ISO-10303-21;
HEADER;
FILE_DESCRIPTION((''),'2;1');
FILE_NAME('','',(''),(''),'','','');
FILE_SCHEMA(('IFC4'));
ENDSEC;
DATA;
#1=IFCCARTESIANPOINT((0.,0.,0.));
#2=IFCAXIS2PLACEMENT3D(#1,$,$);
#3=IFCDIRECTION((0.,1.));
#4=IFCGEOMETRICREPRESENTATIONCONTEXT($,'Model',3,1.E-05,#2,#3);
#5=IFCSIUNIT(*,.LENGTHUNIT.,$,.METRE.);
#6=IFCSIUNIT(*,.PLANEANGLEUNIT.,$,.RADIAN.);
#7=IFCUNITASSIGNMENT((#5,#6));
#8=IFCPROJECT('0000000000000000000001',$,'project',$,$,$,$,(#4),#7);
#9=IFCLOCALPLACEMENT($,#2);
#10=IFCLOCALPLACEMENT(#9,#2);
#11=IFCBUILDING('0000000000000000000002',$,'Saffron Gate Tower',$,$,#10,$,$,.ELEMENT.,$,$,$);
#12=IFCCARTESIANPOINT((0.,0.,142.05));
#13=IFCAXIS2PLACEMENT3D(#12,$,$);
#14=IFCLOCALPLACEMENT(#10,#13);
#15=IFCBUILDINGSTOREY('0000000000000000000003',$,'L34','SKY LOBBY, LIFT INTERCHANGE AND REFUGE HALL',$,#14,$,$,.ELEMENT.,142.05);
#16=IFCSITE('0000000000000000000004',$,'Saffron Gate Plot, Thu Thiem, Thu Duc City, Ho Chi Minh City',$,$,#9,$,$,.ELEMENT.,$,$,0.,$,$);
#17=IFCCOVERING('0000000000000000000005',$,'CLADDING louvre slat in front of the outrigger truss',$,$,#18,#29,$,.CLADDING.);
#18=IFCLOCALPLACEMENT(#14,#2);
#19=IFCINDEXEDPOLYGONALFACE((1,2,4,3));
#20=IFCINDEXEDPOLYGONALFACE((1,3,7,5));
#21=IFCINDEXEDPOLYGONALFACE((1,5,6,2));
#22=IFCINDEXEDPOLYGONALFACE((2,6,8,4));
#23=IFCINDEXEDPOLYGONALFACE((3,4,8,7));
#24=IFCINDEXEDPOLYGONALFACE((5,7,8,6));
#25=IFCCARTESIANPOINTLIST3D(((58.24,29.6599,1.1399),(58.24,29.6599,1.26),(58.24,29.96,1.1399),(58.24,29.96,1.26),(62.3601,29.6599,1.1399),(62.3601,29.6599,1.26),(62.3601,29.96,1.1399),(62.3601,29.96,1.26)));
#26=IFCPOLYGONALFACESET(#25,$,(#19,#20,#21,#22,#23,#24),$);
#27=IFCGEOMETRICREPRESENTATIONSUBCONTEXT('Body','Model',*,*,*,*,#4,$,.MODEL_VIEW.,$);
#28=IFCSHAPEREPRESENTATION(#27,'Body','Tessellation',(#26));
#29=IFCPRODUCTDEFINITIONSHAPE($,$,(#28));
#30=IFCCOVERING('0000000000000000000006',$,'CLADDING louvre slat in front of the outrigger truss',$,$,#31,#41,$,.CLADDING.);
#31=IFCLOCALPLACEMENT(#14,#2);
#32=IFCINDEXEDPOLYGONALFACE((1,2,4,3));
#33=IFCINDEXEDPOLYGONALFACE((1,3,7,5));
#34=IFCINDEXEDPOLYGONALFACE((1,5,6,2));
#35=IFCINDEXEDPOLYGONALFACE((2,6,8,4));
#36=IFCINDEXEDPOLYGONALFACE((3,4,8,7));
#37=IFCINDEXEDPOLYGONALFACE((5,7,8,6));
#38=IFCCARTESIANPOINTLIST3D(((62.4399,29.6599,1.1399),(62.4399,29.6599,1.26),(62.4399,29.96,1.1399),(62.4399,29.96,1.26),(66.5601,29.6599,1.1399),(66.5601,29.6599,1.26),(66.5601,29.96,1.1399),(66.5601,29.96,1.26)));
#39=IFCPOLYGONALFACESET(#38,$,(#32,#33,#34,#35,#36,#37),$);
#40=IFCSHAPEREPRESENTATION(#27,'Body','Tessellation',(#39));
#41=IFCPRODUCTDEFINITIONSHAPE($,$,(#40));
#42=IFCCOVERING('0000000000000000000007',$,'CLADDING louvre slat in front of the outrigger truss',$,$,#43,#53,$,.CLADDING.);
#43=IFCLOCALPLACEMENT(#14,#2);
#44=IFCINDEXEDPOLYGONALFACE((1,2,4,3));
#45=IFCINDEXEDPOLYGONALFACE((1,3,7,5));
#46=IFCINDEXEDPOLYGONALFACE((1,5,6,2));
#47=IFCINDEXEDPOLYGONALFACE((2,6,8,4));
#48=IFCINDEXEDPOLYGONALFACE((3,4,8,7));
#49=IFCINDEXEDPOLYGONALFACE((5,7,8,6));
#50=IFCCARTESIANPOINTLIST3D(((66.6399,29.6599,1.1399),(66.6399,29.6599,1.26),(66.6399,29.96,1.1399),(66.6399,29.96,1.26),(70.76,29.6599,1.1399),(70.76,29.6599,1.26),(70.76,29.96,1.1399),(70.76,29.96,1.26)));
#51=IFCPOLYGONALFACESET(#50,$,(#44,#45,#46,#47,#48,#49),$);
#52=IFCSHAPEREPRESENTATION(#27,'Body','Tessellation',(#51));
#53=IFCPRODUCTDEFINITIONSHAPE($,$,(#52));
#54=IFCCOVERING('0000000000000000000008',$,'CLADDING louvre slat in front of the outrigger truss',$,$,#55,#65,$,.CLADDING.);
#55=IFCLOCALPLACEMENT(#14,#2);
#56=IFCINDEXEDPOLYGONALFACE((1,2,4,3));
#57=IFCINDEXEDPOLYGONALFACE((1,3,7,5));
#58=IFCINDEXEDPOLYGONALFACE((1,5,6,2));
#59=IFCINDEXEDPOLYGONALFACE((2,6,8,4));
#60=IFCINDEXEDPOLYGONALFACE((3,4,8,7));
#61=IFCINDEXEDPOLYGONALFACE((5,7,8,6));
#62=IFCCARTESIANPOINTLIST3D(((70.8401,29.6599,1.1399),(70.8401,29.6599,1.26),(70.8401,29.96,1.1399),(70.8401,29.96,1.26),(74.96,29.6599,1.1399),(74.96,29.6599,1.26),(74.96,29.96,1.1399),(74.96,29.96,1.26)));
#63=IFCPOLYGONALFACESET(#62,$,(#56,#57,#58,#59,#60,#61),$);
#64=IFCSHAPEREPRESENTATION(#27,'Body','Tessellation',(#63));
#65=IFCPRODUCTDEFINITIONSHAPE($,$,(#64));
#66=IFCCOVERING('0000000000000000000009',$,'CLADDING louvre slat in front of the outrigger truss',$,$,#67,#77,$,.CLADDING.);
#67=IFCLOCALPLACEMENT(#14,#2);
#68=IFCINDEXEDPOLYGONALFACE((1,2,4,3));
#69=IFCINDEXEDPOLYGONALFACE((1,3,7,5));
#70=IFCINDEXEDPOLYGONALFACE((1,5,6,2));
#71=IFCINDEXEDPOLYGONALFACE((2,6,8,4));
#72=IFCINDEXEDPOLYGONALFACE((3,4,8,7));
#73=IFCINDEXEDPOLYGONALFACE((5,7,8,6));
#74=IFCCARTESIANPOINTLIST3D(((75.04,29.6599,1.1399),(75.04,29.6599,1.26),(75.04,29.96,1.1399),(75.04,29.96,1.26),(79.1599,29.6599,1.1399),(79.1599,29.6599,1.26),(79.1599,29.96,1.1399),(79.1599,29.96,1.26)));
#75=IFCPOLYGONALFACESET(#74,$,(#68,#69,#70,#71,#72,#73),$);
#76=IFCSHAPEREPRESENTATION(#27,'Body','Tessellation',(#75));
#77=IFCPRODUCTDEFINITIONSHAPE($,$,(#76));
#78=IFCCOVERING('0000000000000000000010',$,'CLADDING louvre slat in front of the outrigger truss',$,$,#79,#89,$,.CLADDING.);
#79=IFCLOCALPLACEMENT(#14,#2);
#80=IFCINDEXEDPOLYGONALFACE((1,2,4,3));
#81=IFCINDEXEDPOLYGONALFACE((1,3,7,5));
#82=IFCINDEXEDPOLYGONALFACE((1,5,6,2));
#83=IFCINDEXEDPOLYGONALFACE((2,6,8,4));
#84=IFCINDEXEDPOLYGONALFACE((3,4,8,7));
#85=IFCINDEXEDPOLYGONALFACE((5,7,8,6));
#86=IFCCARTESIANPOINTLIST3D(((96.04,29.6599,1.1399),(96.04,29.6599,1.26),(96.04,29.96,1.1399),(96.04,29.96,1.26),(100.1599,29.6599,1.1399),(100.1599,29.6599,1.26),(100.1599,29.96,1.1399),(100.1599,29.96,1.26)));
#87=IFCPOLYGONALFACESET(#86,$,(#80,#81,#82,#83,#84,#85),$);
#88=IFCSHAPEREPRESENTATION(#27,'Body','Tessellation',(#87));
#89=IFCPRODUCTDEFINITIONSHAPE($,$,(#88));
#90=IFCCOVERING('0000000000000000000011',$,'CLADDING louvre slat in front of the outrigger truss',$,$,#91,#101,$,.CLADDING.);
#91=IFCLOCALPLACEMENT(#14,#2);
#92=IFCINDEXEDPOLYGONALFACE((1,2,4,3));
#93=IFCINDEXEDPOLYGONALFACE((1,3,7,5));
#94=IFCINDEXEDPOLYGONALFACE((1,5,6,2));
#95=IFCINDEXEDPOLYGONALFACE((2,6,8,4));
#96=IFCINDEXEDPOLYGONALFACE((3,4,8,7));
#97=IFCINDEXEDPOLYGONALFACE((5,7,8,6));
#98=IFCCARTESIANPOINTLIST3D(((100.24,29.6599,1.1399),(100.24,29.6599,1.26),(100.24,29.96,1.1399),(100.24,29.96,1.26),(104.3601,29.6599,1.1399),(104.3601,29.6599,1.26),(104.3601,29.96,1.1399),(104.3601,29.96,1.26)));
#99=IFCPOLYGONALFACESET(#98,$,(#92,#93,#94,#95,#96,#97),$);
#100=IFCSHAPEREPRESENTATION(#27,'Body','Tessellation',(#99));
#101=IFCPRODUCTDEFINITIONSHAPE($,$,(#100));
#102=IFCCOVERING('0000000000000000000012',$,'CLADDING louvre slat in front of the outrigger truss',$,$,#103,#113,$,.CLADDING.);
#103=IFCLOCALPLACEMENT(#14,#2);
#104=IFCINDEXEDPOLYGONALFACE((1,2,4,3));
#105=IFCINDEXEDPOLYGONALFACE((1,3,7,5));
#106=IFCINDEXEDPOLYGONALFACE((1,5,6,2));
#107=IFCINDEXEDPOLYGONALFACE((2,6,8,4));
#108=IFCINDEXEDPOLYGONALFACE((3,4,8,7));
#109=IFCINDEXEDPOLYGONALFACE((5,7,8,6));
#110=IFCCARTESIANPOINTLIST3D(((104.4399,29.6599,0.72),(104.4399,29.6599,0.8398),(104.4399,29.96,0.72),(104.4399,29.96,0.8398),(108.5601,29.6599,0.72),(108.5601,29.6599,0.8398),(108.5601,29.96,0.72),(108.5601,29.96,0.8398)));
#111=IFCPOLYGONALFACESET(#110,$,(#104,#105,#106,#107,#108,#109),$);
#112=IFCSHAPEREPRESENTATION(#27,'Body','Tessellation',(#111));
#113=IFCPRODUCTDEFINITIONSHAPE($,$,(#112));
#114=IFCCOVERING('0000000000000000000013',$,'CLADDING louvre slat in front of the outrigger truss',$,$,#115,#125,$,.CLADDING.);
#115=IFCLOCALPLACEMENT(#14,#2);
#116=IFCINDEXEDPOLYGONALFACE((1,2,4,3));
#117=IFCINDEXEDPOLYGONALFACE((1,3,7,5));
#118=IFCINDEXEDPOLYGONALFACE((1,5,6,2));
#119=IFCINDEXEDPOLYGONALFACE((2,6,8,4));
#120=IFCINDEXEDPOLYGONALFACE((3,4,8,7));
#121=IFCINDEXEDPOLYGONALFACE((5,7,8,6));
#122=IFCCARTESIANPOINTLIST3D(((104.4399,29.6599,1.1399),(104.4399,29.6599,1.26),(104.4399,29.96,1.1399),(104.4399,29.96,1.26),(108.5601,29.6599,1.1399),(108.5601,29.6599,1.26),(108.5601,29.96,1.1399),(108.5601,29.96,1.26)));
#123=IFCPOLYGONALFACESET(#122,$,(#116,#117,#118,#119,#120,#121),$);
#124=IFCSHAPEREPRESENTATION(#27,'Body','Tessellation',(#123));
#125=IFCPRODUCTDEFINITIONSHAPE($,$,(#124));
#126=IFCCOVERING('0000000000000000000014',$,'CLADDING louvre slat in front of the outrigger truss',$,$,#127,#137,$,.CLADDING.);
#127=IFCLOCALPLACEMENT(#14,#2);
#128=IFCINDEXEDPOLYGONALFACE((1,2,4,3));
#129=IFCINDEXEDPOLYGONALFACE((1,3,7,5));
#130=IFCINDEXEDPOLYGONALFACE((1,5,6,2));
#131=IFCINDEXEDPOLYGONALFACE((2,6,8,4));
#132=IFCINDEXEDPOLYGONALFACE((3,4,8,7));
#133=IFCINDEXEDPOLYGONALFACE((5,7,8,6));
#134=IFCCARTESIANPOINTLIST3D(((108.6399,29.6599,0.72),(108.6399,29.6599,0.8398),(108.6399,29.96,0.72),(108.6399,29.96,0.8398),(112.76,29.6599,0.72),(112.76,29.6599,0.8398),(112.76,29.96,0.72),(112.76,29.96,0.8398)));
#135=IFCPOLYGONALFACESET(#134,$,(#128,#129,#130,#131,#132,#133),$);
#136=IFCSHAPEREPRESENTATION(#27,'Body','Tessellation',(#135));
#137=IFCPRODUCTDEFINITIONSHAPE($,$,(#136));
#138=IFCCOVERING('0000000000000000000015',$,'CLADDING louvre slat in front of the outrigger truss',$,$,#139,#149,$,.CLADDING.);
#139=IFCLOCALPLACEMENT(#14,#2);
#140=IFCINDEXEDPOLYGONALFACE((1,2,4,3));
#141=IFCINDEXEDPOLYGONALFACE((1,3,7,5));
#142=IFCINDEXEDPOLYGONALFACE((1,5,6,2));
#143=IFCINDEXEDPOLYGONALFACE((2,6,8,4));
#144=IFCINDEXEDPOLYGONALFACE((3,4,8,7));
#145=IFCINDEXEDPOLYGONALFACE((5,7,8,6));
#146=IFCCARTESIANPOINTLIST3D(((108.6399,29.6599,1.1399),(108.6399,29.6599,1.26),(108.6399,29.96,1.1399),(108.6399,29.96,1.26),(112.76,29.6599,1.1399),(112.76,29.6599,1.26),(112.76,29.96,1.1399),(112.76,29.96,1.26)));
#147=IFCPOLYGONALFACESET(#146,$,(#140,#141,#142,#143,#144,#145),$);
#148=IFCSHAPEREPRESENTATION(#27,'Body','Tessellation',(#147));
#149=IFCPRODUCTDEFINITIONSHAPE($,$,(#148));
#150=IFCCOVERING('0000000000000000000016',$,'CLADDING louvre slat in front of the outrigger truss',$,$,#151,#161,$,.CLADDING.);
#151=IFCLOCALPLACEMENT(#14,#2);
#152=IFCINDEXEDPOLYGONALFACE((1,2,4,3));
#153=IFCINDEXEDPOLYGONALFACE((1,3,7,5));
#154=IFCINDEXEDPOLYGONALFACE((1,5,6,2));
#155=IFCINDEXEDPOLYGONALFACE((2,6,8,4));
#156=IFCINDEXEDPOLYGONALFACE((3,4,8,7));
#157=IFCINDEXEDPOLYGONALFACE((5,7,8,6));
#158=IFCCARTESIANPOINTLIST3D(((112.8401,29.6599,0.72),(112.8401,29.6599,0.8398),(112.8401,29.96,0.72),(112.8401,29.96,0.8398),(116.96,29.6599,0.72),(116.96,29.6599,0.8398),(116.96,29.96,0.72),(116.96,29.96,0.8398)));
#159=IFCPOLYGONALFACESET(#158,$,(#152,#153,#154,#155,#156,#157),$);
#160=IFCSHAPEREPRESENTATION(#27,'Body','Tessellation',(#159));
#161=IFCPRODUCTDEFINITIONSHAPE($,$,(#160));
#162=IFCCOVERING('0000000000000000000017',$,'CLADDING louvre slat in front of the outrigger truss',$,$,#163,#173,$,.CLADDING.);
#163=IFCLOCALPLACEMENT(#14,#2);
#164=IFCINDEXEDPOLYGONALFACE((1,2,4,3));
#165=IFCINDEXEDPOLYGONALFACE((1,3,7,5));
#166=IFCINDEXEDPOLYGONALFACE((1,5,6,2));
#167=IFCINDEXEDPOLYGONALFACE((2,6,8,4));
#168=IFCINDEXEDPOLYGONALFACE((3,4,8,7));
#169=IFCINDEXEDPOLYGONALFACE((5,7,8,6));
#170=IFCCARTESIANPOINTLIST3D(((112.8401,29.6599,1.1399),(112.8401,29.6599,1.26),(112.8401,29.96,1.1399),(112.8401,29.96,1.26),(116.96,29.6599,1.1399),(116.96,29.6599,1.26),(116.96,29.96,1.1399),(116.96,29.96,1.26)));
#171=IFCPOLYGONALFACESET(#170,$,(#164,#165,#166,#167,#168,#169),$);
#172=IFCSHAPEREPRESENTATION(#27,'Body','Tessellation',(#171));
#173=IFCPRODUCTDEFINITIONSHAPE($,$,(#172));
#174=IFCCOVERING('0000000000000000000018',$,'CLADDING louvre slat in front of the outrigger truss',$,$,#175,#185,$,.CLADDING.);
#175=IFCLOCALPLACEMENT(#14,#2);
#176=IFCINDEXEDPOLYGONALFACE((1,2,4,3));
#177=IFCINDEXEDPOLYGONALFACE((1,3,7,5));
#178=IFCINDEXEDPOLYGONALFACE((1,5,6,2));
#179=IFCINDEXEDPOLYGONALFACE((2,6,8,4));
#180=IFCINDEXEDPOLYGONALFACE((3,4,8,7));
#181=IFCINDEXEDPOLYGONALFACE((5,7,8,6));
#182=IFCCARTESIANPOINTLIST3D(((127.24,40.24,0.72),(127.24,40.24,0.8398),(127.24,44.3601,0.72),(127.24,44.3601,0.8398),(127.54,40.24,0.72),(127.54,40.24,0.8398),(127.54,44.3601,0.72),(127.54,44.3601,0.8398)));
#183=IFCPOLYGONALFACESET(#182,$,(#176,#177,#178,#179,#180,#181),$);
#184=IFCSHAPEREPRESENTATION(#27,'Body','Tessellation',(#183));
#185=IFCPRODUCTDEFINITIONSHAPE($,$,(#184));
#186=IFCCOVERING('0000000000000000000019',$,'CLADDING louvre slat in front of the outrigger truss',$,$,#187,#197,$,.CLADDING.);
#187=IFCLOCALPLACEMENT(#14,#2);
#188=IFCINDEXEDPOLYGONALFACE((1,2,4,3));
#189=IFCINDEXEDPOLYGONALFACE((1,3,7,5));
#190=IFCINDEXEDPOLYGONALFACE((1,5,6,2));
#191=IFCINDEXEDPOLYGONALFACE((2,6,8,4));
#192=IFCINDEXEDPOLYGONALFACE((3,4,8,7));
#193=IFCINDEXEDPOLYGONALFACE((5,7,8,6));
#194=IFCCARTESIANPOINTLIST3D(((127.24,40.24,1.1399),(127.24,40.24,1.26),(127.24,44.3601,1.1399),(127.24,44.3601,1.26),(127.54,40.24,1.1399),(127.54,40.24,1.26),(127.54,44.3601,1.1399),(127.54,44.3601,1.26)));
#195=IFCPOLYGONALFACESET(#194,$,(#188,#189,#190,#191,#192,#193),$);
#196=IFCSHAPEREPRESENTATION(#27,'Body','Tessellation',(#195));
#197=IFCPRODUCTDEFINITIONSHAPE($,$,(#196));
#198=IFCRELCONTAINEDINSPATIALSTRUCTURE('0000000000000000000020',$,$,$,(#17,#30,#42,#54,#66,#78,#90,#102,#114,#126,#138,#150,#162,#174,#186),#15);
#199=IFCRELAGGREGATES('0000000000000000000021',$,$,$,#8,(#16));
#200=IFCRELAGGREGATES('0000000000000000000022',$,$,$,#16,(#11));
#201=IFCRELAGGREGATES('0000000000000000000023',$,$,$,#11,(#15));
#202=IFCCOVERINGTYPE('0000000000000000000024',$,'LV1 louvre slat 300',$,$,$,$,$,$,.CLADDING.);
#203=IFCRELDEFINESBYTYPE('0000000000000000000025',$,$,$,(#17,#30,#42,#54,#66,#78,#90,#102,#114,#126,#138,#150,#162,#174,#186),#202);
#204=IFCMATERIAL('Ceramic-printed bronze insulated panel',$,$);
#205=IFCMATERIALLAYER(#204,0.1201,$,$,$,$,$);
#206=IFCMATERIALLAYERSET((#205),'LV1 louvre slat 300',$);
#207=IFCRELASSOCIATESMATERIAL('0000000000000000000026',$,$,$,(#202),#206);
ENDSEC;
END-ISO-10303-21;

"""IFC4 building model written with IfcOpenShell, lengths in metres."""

from ifc_helpers import new_model, si_unit, direction, frame, origin, place, context, subcontext, project, spatial, polyline, outline, extrude, material, layer, layer_set, type_object, element, save


model = new_model("IFC4")

# Units and contexts
model_context = context("Model", 3, precision=1e-05, world=origin(), true_north=direction((0.0, 1.0)))
body_context = subcontext(model_context, "Body", "Model", "MODEL_VIEW")
ifc_project = project(units=[si_unit("LENGTHUNIT", "METRE"), si_unit("PLANEANGLEUNIT", "RADIAN")], contexts=[model_context])

# Site, building, storey
site_placement = place(None, origin())
site = spatial("IfcSite", under=ifc_project, at=site_placement, Name="Saffron Gate Plot, Thu Thiem, Thu Duc City, Ho Chi Minh City", CompositionType="ELEMENT", RefElevation=0.0)
building_placement = place(site_placement, origin())
building = spatial("IfcBuilding", under=site, at=building_placement, Name="Saffron Gate Tower", CompositionType="ELEMENT")
storey_placement = place(building_placement, frame((0.0, 0.0, 142.05)))
storey = spatial("IfcBuildingStorey", under=building, at=storey_placement, Name="L34", Description="SKY LOBBY, LIFT INTERCHANGE AND REFUGE HALL", CompositionType="ELEMENT", Elevation=142.05)

# Coverings
ifc_material = material(Name="Ceramic-printed bronze insulated panel")
ifc_layer = layer(ifc_material, 0.1201)
ifc_layer_set = layer_set([ifc_layer], Name="LV1 louvre slat 300")
covering_type = type_object("IfcCoveringType", Name="LV1 louvre slat 300", PredefinedType="CLADDING", material=ifc_layer_set)
covering_1_placement = place(storey_placement, frame((0.0, 0.0, 1.1399)))
element("IfcCovering", 1, at=covering_1_placement, inside=storey, type_object=covering_type, Name="CLADDING louvre slat in front of the outrigger truss", PredefinedType="CLADDING", context=body_context, shape_type="SweptSolid", body=[
    extrude(outline(polyline([(58.24, 29.6599), (62.3601, 29.6599), (62.3601, 29.96), (58.24, 29.96), (58.24, 29.6599)])), origin(), (0.0, 0.0, 1.0), 0.1201),
])
covering_2_placement = place(storey_placement, frame((0.0, 0.0, 1.1399)))
element("IfcCovering", 2, at=covering_2_placement, inside=storey, type_object=covering_type, Name="CLADDING louvre slat in front of the outrigger truss", PredefinedType="CLADDING", context=body_context, shape_type="SweptSolid", body=[
    extrude(outline(polyline([(62.4399, 29.6599), (66.5601, 29.6599), (66.5601, 29.96), (62.4399, 29.96), (62.4399, 29.6599)])), origin(), (0.0, 0.0, 1.0), 0.1201),
])
covering_3_placement = place(storey_placement, frame((0.0, 0.0, 1.1399)))
element("IfcCovering", 3, at=covering_3_placement, inside=storey, type_object=covering_type, Name="CLADDING louvre slat in front of the outrigger truss", PredefinedType="CLADDING", context=body_context, shape_type="SweptSolid", body=[
    extrude(outline(polyline([(66.6399, 29.6599), (70.76, 29.6599), (70.76, 29.96), (66.6399, 29.96), (66.6399, 29.6599)])), origin(), (0.0, 0.0, 1.0), 0.1201),
])
covering_4_placement = place(storey_placement, frame((0.0, 0.0, 1.1399)))
element("IfcCovering", 4, at=covering_4_placement, inside=storey, type_object=covering_type, Name="CLADDING louvre slat in front of the outrigger truss", PredefinedType="CLADDING", context=body_context, shape_type="SweptSolid", body=[
    extrude(outline(polyline([(70.8401, 29.6599), (74.96, 29.6599), (74.96, 29.96), (70.8401, 29.96), (70.8401, 29.6599)])), origin(), (0.0, 0.0, 1.0), 0.1201),
])
covering_5_placement = place(storey_placement, frame((0.0, 0.0, 1.1399)))
element("IfcCovering", 5, at=covering_5_placement, inside=storey, type_object=covering_type, Name="CLADDING louvre slat in front of the outrigger truss", PredefinedType="CLADDING", context=body_context, shape_type="SweptSolid", body=[
    extrude(outline(polyline([(75.04, 29.6599), (79.1599, 29.6599), (79.1599, 29.96), (75.04, 29.96), (75.04, 29.6599)])), origin(), (0.0, 0.0, 1.0), 0.1201),
])
covering_6_placement = place(storey_placement, frame((0.0, 0.0, 1.1399)))
element("IfcCovering", 6, at=covering_6_placement, inside=storey, type_object=covering_type, Name="CLADDING louvre slat in front of the outrigger truss", PredefinedType="CLADDING", context=body_context, shape_type="SweptSolid", body=[
    extrude(outline(polyline([(96.04, 29.6599), (100.1599, 29.6599), (100.1599, 29.96), (96.04, 29.96), (96.04, 29.6599)])), origin(), (0.0, 0.0, 1.0), 0.1201),
])
covering_7_placement = place(storey_placement, frame((0.0, 0.0, 1.1399)))
element("IfcCovering", 7, at=covering_7_placement, inside=storey, type_object=covering_type, Name="CLADDING louvre slat in front of the outrigger truss", PredefinedType="CLADDING", context=body_context, shape_type="SweptSolid", body=[
    extrude(outline(polyline([(100.24, 29.6599), (104.3601, 29.6599), (104.3601, 29.96), (100.24, 29.96), (100.24, 29.6599)])), origin(), (0.0, 0.0, 1.0), 0.1201),
])
covering_8_placement = place(storey_placement, frame((0.0, 0.0, 0.72)))
element("IfcCovering", 8, at=covering_8_placement, inside=storey, type_object=covering_type, Name="CLADDING louvre slat in front of the outrigger truss", PredefinedType="CLADDING", context=body_context, shape_type="SweptSolid", body=[
    extrude(outline(polyline([(104.4399, 29.6599), (108.5601, 29.6599), (108.5601, 29.96), (104.4399, 29.96), (104.4399, 29.6599)])), origin(), (0.0, 0.0, 1.0), 0.1199),
])
covering_9_placement = place(storey_placement, frame((0.0, 0.0, 1.1399)))
element("IfcCovering", 9, at=covering_9_placement, inside=storey, type_object=covering_type, Name="CLADDING louvre slat in front of the outrigger truss", PredefinedType="CLADDING", context=body_context, shape_type="SweptSolid", body=[
    extrude(outline(polyline([(104.4399, 29.6599), (108.5601, 29.6599), (108.5601, 29.96), (104.4399, 29.96), (104.4399, 29.6599)])), origin(), (0.0, 0.0, 1.0), 0.1201),
])
covering_10_placement = place(storey_placement, frame((0.0, 0.0, 0.72)))
element("IfcCovering", 10, at=covering_10_placement, inside=storey, type_object=covering_type, Name="CLADDING louvre slat in front of the outrigger truss", PredefinedType="CLADDING", context=body_context, shape_type="SweptSolid", body=[
    extrude(outline(polyline([(108.6399, 29.6599), (112.76, 29.6599), (112.76, 29.96), (108.6399, 29.96), (108.6399, 29.6599)])), origin(), (0.0, 0.0, 1.0), 0.1199),
])
covering_11_placement = place(storey_placement, frame((0.0, 0.0, 1.1399)))
element("IfcCovering", 11, at=covering_11_placement, inside=storey, type_object=covering_type, Name="CLADDING louvre slat in front of the outrigger truss", PredefinedType="CLADDING", context=body_context, shape_type="SweptSolid", body=[
    extrude(outline(polyline([(108.6399, 29.6599), (112.76, 29.6599), (112.76, 29.96), (108.6399, 29.96), (108.6399, 29.6599)])), origin(), (0.0, 0.0, 1.0), 0.1201),
])
covering_12_placement = place(storey_placement, frame((0.0, 0.0, 0.72)))
element("IfcCovering", 12, at=covering_12_placement, inside=storey, type_object=covering_type, Name="CLADDING louvre slat in front of the outrigger truss", PredefinedType="CLADDING", context=body_context, shape_type="SweptSolid", body=[
    extrude(outline(polyline([(112.8401, 29.6599), (116.96, 29.6599), (116.96, 29.96), (112.8401, 29.96), (112.8401, 29.6599)])), origin(), (0.0, 0.0, 1.0), 0.1199),
])
covering_13_placement = place(storey_placement, frame((0.0, 0.0, 1.1399)))
element("IfcCovering", 13, at=covering_13_placement, inside=storey, type_object=covering_type, Name="CLADDING louvre slat in front of the outrigger truss", PredefinedType="CLADDING", context=body_context, shape_type="SweptSolid", body=[
    extrude(outline(polyline([(112.8401, 29.6599), (116.96, 29.6599), (116.96, 29.96), (112.8401, 29.96), (112.8401, 29.6599)])), origin(), (0.0, 0.0, 1.0), 0.1201),
])
covering_14_placement = place(storey_placement, frame((0.0, 0.0, 0.72)))
element("IfcCovering", 14, at=covering_14_placement, inside=storey, type_object=covering_type, Name="CLADDING louvre slat in front of the outrigger truss", PredefinedType="CLADDING", context=body_context, shape_type="SweptSolid", body=[
    extrude(outline(polyline([(127.54, 40.24), (127.54, 44.3601), (127.24, 44.3601), (127.24, 40.24), (127.54, 40.24)])), origin(), (0.0, 0.0, 1.0), 0.1199),
])
covering_15_placement = place(storey_placement, frame((0.0, 0.0, 1.1399)))
element("IfcCovering", 15, at=covering_15_placement, inside=storey, type_object=covering_type, Name="CLADDING louvre slat in front of the outrigger truss", PredefinedType="CLADDING", context=body_context, shape_type="SweptSolid", body=[
    extrude(outline(polyline([(127.54, 40.24), (127.54, 44.3601), (127.24, 44.3601), (127.24, 40.24), (127.54, 40.24)])), origin(), (0.0, 0.0, 1.0), 0.1201),
])

save(model, "model.ifc")
